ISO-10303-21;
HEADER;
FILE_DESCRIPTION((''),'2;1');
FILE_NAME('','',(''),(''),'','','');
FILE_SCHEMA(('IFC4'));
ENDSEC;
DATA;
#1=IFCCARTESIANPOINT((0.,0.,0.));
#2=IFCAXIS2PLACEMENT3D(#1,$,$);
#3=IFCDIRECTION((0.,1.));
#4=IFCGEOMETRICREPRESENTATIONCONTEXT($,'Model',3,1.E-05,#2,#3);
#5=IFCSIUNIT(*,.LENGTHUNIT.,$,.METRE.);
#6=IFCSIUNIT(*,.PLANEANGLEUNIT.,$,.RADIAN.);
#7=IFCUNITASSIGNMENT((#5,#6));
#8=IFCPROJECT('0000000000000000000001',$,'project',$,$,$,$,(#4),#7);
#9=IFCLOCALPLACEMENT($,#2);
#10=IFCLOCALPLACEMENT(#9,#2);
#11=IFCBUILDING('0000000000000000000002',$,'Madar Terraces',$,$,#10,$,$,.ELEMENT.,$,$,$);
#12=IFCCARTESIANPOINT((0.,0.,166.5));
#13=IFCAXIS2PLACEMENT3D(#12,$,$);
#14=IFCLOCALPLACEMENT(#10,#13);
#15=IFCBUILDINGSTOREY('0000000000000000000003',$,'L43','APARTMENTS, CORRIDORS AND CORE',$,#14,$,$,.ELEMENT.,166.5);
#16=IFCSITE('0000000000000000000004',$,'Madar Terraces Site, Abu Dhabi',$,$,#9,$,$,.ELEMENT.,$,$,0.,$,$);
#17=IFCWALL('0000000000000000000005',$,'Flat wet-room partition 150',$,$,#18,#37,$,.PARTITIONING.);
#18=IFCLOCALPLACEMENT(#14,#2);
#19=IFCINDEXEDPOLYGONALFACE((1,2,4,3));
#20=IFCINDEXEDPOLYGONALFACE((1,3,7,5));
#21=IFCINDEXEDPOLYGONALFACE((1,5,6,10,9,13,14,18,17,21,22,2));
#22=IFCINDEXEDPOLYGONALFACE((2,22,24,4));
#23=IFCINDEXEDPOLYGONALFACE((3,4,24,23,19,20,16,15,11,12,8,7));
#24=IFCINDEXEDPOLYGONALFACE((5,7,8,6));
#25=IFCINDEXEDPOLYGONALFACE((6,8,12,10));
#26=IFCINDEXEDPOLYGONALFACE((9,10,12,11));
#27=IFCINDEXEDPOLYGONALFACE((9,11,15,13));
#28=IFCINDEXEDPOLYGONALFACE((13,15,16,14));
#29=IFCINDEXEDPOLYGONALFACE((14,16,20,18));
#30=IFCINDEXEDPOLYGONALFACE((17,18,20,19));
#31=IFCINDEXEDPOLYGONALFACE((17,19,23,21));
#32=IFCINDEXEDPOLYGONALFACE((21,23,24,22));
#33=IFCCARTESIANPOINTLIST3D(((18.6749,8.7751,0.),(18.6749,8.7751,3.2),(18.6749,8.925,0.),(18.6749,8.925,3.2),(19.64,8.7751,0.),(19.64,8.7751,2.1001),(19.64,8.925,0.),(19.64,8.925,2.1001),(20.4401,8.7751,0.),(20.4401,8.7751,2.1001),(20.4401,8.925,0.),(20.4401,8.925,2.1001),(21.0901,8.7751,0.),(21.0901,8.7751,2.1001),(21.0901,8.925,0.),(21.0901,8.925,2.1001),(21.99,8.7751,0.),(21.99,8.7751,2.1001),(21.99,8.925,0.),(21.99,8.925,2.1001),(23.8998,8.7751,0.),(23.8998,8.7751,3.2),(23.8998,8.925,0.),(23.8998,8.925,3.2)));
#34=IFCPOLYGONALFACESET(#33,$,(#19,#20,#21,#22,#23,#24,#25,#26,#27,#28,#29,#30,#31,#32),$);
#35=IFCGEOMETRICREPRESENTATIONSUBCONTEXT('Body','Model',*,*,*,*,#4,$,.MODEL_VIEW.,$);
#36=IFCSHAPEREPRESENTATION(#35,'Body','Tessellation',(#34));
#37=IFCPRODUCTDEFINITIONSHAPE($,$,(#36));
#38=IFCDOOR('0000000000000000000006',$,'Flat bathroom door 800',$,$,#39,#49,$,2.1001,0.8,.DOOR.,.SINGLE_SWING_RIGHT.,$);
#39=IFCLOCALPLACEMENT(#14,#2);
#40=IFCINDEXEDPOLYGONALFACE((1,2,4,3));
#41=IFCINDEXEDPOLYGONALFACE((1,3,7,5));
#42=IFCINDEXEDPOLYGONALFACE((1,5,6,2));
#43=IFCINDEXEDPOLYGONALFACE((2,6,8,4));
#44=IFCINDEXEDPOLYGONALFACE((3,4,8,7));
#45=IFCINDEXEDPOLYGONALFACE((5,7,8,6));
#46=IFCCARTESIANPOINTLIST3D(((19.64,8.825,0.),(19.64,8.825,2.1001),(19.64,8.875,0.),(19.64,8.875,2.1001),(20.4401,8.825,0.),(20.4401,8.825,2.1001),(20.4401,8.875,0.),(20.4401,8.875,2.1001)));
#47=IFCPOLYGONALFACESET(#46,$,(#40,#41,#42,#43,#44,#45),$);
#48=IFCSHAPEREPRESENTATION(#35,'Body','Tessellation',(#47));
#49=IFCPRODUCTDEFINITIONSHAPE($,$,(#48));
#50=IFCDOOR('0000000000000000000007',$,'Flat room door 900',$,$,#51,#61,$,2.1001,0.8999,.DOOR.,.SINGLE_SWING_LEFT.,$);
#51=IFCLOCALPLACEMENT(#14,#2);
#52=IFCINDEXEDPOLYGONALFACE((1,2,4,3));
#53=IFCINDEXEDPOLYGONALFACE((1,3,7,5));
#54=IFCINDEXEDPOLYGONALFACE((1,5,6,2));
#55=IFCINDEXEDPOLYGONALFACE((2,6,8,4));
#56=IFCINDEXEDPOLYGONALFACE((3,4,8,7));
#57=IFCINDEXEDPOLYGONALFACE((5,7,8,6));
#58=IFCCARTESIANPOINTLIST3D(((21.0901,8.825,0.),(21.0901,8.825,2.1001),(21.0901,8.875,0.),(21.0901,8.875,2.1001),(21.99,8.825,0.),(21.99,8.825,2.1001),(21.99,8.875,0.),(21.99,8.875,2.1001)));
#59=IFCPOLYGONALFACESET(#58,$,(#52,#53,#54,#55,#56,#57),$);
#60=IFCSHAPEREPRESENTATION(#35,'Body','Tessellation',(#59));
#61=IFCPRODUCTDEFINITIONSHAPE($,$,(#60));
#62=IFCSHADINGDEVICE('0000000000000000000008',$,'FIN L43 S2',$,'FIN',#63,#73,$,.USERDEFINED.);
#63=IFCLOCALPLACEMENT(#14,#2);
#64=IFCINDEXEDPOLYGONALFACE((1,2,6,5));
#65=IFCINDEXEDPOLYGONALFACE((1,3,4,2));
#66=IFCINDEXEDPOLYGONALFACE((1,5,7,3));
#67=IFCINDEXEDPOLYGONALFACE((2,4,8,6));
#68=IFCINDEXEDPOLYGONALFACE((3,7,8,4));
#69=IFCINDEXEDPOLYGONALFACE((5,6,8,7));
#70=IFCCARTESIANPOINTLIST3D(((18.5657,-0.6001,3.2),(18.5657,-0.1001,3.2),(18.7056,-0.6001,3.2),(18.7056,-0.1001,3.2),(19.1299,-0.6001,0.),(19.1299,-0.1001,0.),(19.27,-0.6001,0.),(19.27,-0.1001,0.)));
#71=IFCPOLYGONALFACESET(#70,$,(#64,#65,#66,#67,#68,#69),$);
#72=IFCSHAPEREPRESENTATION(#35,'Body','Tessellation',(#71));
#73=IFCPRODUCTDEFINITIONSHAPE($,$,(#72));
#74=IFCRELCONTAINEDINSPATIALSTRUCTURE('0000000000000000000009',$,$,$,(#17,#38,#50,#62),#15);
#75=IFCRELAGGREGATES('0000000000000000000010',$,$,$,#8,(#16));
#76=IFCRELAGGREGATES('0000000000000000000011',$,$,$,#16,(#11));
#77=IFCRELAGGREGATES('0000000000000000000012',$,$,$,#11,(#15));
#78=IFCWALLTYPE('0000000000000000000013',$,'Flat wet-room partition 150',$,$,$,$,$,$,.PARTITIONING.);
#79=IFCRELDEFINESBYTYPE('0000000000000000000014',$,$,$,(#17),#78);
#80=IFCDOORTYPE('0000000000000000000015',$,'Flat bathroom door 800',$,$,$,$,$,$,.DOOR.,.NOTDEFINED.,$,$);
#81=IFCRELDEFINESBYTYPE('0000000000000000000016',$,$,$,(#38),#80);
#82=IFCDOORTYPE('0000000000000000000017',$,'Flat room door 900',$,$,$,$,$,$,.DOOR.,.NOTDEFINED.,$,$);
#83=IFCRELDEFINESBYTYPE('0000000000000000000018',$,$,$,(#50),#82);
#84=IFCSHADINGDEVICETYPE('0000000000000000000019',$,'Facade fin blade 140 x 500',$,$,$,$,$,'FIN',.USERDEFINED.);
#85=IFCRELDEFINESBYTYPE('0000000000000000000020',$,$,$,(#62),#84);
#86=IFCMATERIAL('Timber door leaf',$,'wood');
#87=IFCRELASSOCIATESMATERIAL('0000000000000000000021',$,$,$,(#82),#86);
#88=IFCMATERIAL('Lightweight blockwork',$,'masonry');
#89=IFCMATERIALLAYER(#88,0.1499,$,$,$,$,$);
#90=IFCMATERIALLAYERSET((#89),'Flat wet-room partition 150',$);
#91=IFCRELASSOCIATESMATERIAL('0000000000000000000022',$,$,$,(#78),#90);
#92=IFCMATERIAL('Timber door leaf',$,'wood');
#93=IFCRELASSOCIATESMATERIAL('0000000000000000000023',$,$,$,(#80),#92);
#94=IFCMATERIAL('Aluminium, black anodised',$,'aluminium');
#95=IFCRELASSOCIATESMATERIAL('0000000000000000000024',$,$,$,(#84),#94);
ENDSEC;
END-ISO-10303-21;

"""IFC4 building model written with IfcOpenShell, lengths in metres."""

from ifc_helpers import new_model, si_unit, direction, frame, frame_2d, origin, place, context, subcontext, project, spatial, polyline, rectangle, outline, extrude, material, layer, layer_set, type_object, element, fill, save


model = new_model("IFC4")

# Units and contexts
model_context = context("Model", 3, precision=1e-05, world=origin(), true_north=direction((0.0, 1.0)))
body_context = subcontext(model_context, "Body", "Model", "MODEL_VIEW")
ifc_project = project(units=[si_unit("LENGTHUNIT", "METRE"), si_unit("PLANEANGLEUNIT", "RADIAN")], contexts=[model_context])

# Site, building, storey
site_placement = place(None, origin())
site = spatial("IfcSite", under=ifc_project, at=site_placement, Name="Madar Terraces Site, Abu Dhabi", CompositionType="ELEMENT", RefElevation=0.0)
building_placement = place(site_placement, origin())
building = spatial("IfcBuilding", under=site, at=building_placement, Name="Madar Terraces", CompositionType="ELEMENT")
storey_placement = place(building_placement, frame((0.0, 0.0, 166.5)))
storey = spatial("IfcBuildingStorey", under=building, at=storey_placement, Name="L43", Description="APARTMENTS, CORRIDORS AND CORE", CompositionType="ELEMENT", Elevation=166.5)

# Shared definitions
ifc_material_1 = material(Name="Timber door leaf", Category="wood")
door_type_1 = type_object("IfcDoorType", Name="Flat room door 900", OperationType="NOTDEFINED", PredefinedType="DOOR", material=ifc_material_1)

# Shared definitions
ifc_material_2 = material(Name="Lightweight blockwork", Category="masonry")
ifc_layer_1 = layer(ifc_material_2, 0.1499)
ifc_layer_set_1 = layer_set([ifc_layer_1], Name="Flat wet-room partition 150")
wall_type_1 = type_object("IfcWallType", Name="Flat wet-room partition 150", PredefinedType="PARTITIONING", material=ifc_layer_set_1)

# Wall, openings, doors
wall_1_placement = place(storey_placement, frame((18.675, 8.8501, 0.0), z_axis=(0.0, 0.0, 1.0), x_axis=(1.0, 0.0, 0.0)))
wall_1 = element("IfcWall", 1, at=wall_1_placement, inside=storey, type_object=wall_type_1, Name="Flat wet-room partition 150", PredefinedType="PARTITIONING", context=body_context, shape_type="SweptSolid", body=[
    extrude(rectangle(XDim=5.2249, YDim=0.1499, at=frame_2d((2.6123, 0.0))), origin(), (0.0, 0.0, 1.0), 3.2),
])
opening_1_placement = place(wall_1_placement, frame((0.9651, 0.0, 0.0)))
opening_1 = element("IfcOpeningElement", 2, at=opening_1_placement, cuts=wall_1, PredefinedType="OPENING", context=body_context, shape_type="SweptSolid", body=[
    extrude(rectangle(XDim=0.8, YDim=2.1001, at=frame_2d((0.3999, 1.05))), frame((0.0, 0.085, 0.0), z_axis=(0.0, -1.0, 0.0), x_axis=(1.0, 0.0, 0.0)), (0.0, 0.0, 1.0), 0.1699),
])
opening_2_placement = place(wall_1_placement, frame((2.415, 0.0, 0.0)))
opening_2 = element("IfcOpeningElement", 3, at=opening_2_placement, cuts=wall_1, PredefinedType="OPENING", context=body_context, shape_type="SweptSolid", body=[
    extrude(rectangle(XDim=0.8999, YDim=2.1001, at=frame_2d((0.45, 1.05))), frame((0.0, 0.085, 0.0), z_axis=(0.0, -1.0, 0.0), x_axis=(1.0, 0.0, 0.0)), (0.0, 0.0, 1.0), 0.1699),
])
ifc_material_3 = material(Name="Timber door leaf", Category="wood")
door_type_2 = type_object("IfcDoorType", Name="Flat bathroom door 800", OperationType="NOTDEFINED", PredefinedType="DOOR", material=ifc_material_3)
door_1_placement = place(opening_1_placement, origin())
door_1 = element("IfcDoor", 4, at=door_1_placement, inside=storey, type_object=door_type_2, Name="Flat bathroom door 800", OperationType="SINGLE_SWING_RIGHT", OverallHeight=2.1001, OverallWidth=0.8, PredefinedType="DOOR", context=body_context, shape_type="SweptSolid", body=[
    extrude(rectangle(XDim=0.8, YDim=2.1001, at=frame_2d((0.3999, 1.05))), frame((0.0, 0.0249, 0.0), z_axis=(0.0, -1.0, 0.0), x_axis=(1.0, 0.0, 0.0)), (0.0, 0.0, 1.0), 0.05),
])
fill(opening_1, door_1)
door_2_placement = place(opening_2_placement, origin())
door_2 = element("IfcDoor", 5, at=door_2_placement, inside=storey, type_object=door_type_1, Name="Flat room door 900", OperationType="SINGLE_SWING_LEFT", OverallHeight=2.1001, OverallWidth=0.8999, PredefinedType="DOOR", context=body_context, shape_type="SweptSolid", body=[
    extrude(rectangle(XDim=0.8999, YDim=2.1001, at=frame_2d((0.45, 1.05))), frame((0.0, 0.0249, 0.0), z_axis=(0.0, -1.0, 0.0), x_axis=(1.0, 0.0, 0.0)), (0.0, 0.0, 1.0), 0.05),
])
fill(opening_2, door_2)

# Shading device
ifc_material_4 = material(Name="Aluminium, black anodised", Category="aluminium")
shading_device_type = type_object("IfcShadingDeviceType", Name="Facade fin blade 140 x 500", ElementType="FIN", PredefinedType="USERDEFINED", material=ifc_material_4)
shading_device_placement = place(storey_placement, frame((19.1299, -0.3501, 0.0), z_axis=(0.0, 0.0, 1.0), x_axis=(1.0, 0.0, 0.0)))
element("IfcShadingDevice", 6, at=shading_device_placement, inside=storey, type_object=shading_device_type, Name="FIN L43 S2", ObjectType="FIN", PredefinedType="USERDEFINED", context=body_context, shape_type="SweptSolid", body=[
    extrude(outline(polyline([(0.0, 0.0), (0.1401, 0.0), (-0.4243, 3.2), (-0.5642, 3.2), (0.0, 0.0)])), frame((0.0, 0.25, 0.0), z_axis=(0.0, -1.0, 0.0), x_axis=(1.0, 0.0, 0.0)), (0.0, 0.0, 1.0), 0.5),
])

save(model, "model.ifc")
